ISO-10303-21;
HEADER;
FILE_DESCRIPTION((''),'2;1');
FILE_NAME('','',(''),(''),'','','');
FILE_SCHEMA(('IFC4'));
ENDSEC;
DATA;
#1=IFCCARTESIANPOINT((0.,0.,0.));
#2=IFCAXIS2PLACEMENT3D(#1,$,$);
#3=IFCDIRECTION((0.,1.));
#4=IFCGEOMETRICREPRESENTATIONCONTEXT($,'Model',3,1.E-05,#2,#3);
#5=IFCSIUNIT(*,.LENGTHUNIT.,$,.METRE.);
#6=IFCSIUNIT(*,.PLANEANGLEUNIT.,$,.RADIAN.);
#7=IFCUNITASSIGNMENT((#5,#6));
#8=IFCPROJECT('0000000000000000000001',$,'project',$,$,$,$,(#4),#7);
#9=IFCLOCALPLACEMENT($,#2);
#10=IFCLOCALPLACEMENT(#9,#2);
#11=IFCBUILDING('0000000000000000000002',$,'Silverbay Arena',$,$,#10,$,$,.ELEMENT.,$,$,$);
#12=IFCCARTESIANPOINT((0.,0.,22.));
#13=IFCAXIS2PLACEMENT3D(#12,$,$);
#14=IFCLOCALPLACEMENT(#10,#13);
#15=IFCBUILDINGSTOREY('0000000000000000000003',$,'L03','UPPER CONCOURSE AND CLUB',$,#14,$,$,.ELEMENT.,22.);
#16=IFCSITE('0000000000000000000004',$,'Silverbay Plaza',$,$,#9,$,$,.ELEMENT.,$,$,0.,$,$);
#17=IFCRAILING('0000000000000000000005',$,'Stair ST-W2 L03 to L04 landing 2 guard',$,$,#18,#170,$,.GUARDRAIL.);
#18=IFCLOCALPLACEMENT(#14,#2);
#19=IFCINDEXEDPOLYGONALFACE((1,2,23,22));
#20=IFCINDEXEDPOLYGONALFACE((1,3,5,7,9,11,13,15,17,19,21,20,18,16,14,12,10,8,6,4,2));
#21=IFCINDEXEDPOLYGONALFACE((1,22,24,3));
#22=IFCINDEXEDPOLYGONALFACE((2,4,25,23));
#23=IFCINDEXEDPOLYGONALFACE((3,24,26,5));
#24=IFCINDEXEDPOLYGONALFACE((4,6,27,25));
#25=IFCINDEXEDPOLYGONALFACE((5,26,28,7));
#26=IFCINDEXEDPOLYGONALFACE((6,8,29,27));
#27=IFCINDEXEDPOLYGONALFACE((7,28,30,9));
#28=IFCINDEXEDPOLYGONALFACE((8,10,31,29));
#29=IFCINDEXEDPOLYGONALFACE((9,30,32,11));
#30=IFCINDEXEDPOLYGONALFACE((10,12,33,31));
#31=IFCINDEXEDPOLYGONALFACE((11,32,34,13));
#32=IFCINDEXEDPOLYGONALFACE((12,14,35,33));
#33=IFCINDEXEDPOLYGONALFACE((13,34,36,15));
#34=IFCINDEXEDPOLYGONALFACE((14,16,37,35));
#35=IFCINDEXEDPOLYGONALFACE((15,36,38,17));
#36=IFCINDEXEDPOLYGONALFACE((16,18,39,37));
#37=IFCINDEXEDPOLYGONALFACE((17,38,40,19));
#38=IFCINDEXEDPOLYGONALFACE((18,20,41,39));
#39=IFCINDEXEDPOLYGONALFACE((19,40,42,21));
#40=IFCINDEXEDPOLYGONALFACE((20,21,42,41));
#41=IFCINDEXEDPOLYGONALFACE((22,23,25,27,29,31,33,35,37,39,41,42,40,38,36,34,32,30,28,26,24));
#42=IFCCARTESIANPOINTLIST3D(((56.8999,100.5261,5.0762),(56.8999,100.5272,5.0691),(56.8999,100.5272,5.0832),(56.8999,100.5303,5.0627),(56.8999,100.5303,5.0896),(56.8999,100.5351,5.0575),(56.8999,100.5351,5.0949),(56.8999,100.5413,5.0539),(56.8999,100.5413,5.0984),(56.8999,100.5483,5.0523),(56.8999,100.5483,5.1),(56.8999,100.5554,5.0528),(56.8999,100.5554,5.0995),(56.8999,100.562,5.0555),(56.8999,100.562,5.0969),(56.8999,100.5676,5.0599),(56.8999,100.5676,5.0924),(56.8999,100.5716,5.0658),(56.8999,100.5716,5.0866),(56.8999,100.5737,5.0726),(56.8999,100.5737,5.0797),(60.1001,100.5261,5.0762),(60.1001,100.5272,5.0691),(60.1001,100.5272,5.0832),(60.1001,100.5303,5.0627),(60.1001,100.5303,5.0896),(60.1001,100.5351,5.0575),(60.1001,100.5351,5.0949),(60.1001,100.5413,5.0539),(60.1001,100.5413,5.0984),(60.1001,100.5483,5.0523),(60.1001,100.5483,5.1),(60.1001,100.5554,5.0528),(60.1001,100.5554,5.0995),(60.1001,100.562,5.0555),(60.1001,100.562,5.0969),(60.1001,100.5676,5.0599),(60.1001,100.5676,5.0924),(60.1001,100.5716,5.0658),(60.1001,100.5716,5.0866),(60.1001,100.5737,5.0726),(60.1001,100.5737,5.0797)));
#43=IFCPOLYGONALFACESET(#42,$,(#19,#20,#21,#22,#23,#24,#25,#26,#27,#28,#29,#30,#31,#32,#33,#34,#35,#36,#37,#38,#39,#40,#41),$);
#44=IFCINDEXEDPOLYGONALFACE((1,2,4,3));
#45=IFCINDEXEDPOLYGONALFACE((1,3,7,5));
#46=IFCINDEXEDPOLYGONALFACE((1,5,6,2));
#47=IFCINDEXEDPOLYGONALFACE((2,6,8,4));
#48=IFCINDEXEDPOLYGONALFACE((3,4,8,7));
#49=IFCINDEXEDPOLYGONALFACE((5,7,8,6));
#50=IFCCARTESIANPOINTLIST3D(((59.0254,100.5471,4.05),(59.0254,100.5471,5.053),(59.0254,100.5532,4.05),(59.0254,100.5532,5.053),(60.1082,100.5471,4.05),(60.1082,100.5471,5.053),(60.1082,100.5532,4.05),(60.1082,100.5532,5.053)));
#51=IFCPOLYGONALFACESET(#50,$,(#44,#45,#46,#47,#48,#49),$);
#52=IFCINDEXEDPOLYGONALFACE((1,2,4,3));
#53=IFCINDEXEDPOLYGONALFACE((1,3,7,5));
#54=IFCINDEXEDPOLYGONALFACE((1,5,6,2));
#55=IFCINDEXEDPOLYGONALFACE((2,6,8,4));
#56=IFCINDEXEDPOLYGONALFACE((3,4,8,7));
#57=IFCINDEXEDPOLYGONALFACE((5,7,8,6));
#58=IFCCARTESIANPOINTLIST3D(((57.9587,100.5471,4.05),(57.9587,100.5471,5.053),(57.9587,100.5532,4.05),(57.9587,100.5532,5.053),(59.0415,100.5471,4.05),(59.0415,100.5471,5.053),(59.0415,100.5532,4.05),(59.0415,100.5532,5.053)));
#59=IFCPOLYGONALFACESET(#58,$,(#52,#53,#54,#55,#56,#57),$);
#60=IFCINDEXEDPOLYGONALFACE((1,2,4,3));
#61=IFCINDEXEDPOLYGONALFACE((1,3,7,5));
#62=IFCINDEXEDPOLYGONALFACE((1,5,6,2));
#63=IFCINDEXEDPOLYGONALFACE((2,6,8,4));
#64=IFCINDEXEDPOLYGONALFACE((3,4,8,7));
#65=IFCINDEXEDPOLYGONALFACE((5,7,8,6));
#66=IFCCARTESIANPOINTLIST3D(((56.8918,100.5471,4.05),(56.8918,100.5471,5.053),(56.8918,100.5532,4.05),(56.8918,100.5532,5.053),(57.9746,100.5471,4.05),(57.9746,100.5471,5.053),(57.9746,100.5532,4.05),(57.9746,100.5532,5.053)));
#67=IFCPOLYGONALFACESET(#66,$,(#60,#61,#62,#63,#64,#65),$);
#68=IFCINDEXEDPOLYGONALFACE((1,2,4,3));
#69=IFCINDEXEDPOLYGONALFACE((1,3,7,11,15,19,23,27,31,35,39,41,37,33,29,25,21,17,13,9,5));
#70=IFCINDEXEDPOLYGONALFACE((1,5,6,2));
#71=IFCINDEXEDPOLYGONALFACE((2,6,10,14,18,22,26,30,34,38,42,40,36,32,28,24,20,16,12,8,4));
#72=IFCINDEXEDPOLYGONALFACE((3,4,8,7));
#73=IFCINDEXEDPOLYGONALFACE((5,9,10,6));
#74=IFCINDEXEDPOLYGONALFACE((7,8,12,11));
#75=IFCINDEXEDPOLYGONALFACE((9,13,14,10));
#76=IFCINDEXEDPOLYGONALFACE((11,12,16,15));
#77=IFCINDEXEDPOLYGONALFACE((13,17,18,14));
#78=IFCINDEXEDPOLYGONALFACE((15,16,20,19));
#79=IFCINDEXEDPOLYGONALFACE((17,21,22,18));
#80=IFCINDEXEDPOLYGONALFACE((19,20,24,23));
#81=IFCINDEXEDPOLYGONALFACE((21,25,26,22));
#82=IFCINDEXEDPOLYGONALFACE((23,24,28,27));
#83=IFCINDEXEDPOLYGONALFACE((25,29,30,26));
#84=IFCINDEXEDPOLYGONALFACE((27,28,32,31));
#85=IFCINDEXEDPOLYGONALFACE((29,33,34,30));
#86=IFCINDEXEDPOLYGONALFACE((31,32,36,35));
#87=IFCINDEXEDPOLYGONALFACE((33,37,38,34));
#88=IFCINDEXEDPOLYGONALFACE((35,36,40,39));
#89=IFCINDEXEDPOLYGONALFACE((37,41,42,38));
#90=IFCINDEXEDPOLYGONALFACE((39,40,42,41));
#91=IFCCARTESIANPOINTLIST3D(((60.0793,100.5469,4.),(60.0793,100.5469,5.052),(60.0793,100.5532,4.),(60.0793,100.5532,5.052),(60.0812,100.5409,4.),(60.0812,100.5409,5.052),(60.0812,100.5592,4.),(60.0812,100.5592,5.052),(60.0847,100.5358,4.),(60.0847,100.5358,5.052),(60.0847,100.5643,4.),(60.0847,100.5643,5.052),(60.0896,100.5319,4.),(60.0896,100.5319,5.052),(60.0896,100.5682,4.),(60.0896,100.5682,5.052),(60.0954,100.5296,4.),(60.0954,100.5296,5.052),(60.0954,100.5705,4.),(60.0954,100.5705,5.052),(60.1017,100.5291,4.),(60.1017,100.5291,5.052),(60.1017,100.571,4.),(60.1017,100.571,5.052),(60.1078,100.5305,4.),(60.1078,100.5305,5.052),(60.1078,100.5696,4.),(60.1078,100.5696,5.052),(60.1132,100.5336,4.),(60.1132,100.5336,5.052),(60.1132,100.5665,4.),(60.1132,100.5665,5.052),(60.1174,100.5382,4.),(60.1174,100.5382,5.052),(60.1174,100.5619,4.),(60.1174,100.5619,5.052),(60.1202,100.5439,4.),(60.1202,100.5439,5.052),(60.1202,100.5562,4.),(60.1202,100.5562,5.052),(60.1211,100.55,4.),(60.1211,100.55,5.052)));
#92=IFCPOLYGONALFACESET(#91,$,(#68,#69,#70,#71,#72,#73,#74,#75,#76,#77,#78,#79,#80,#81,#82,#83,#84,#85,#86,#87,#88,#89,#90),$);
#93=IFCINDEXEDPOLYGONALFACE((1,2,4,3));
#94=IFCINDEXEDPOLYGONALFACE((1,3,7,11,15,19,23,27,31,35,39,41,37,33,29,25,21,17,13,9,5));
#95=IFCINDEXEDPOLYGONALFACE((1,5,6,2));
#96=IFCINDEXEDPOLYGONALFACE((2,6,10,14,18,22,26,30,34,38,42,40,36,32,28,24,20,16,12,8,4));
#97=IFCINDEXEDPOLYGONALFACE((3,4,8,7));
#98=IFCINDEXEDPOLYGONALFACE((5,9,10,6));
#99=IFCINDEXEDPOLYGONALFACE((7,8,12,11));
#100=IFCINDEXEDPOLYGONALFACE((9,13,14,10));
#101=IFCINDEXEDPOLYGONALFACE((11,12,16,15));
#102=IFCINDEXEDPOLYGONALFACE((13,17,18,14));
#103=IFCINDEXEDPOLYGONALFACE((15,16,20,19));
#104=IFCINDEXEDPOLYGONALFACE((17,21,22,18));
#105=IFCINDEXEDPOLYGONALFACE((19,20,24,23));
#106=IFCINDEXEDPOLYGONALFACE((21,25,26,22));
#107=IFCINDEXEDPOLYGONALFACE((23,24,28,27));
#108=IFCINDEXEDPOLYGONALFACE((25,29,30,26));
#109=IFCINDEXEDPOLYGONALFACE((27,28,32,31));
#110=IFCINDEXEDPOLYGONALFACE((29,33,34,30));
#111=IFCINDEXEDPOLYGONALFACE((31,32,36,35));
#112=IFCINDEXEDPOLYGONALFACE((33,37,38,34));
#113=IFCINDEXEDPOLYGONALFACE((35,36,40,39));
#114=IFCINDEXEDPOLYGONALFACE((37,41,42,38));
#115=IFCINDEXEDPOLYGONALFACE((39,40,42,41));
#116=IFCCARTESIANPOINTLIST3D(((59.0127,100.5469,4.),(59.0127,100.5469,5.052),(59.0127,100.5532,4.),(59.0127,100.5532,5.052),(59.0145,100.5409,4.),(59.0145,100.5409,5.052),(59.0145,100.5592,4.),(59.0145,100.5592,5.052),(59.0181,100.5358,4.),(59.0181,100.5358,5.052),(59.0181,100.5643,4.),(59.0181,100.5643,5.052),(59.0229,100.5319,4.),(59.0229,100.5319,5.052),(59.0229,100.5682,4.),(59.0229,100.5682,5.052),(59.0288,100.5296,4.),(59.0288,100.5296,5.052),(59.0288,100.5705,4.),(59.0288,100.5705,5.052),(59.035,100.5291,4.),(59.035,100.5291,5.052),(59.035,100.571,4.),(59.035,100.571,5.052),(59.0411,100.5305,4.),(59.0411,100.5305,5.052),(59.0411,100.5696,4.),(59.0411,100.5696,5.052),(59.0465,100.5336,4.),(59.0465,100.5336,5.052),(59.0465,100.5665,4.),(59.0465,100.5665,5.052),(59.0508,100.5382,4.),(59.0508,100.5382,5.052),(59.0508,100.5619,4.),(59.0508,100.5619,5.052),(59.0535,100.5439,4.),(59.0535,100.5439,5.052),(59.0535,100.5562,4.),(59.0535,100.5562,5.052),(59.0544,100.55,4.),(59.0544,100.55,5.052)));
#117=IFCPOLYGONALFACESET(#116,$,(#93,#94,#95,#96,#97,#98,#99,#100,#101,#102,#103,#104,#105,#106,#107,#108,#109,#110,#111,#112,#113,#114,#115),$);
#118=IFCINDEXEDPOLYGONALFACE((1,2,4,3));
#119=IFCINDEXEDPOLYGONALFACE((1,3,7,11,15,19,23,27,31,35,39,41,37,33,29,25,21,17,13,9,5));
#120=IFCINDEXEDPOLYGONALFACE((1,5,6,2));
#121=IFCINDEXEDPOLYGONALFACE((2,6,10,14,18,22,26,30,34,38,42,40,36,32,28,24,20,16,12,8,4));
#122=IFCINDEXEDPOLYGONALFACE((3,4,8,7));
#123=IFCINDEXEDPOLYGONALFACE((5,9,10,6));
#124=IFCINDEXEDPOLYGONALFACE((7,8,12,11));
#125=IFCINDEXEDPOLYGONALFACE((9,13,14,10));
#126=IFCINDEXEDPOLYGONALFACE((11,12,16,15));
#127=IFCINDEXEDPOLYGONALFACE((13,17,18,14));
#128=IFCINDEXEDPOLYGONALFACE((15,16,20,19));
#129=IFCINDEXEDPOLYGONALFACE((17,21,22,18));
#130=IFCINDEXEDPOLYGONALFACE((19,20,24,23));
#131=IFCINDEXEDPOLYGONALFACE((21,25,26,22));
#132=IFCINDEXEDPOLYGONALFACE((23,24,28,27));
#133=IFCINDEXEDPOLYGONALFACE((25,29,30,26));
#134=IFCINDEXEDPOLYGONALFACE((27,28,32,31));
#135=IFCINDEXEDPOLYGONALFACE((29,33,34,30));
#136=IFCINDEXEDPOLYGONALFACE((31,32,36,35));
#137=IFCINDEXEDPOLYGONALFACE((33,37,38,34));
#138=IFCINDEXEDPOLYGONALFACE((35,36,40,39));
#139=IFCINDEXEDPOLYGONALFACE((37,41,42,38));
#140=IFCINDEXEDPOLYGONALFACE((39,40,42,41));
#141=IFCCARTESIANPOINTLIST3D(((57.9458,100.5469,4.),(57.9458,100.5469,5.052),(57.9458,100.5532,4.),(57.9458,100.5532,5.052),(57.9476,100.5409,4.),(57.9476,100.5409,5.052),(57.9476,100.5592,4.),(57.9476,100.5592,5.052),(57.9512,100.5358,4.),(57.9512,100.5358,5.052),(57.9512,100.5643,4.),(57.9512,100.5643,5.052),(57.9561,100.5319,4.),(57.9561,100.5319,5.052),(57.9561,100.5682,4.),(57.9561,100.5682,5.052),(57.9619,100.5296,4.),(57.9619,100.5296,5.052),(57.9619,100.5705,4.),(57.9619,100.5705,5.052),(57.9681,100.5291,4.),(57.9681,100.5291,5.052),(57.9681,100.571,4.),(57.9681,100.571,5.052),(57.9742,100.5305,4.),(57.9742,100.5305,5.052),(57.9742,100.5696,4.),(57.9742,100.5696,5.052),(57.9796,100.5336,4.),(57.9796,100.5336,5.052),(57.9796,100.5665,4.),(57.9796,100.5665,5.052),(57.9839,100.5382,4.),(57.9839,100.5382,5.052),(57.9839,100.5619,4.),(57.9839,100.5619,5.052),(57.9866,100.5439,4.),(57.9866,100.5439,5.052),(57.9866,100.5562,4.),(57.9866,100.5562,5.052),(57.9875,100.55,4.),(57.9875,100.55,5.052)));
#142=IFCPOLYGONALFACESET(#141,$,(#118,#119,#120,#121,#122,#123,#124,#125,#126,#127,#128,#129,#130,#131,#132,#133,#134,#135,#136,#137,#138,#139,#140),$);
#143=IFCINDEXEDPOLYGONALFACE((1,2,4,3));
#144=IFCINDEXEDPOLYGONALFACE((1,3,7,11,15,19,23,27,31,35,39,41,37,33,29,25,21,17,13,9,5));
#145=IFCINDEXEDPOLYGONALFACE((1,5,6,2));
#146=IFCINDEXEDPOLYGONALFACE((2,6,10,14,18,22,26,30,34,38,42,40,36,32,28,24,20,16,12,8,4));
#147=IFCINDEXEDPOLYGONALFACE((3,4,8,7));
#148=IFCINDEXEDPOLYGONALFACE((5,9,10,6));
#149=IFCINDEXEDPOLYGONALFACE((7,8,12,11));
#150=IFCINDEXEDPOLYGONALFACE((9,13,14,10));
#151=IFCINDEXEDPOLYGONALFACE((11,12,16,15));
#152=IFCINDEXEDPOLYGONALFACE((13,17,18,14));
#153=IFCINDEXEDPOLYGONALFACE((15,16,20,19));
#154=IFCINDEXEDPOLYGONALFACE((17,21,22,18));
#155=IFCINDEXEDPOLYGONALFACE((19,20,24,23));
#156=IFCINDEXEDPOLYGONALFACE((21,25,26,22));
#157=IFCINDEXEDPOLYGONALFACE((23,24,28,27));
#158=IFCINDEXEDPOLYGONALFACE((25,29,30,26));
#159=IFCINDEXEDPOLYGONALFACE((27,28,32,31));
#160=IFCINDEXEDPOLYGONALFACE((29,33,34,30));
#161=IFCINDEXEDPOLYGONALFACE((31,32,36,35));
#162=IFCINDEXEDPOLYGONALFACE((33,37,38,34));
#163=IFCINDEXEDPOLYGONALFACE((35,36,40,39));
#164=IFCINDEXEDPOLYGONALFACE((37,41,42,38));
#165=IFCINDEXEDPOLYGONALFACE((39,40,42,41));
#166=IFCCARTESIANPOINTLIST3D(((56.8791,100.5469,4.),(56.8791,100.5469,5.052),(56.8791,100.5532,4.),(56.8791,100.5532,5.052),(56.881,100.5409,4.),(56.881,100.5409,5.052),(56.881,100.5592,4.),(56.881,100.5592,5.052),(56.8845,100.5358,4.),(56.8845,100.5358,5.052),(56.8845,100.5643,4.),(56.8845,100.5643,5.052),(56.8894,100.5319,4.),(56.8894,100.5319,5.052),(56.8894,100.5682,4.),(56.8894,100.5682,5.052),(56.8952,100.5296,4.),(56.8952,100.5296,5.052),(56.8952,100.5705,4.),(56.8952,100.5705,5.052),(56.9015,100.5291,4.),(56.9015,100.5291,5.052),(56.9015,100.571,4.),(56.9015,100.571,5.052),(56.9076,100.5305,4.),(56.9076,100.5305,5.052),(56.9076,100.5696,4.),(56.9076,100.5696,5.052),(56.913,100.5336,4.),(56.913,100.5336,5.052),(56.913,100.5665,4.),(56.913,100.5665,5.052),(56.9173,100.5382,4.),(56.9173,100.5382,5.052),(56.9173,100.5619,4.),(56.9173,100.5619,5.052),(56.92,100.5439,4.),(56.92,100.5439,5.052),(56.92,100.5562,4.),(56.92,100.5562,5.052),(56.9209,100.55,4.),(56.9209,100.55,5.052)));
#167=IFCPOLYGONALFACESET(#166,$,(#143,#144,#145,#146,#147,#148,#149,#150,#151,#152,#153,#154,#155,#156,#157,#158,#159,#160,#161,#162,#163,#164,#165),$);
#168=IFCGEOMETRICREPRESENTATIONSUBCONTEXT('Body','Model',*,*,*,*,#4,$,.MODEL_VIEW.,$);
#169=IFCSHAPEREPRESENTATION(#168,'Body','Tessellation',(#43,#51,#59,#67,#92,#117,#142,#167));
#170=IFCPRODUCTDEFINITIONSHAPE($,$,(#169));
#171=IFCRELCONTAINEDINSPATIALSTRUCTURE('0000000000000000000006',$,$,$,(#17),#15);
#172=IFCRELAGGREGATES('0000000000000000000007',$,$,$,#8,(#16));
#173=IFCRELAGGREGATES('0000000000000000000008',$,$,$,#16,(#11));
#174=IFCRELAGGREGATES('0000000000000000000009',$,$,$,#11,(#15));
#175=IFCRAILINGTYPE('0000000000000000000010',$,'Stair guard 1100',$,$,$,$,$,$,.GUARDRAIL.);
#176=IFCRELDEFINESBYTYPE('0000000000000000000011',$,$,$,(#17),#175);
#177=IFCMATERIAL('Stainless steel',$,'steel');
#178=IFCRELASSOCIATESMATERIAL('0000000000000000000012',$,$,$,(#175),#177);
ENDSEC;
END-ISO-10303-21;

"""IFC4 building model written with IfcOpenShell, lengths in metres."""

from ifc_helpers import new_model, si_unit, direction, frame, origin, origin_2d, place, context, subcontext, project, spatial, polyline, circle, outline, extrude, material, type_object, element, save


model = new_model("IFC4")

# Units and contexts
model_context = context("Model", 3, precision=1e-05, world=origin(), true_north=direction((0.0, 1.0)))
body_context = subcontext(model_context, "Body", "Model", "MODEL_VIEW")
ifc_project = project(units=[si_unit("LENGTHUNIT", "METRE"), si_unit("PLANEANGLEUNIT", "RADIAN")], contexts=[model_context])

# Site, building, storey
site_placement = place(None, origin())
site = spatial("IfcSite", under=ifc_project, at=site_placement, Name="Silverbay Plaza", CompositionType="ELEMENT", RefElevation=0.0)
building_placement = place(site_placement, origin())
building = spatial("IfcBuilding", under=site, at=building_placement, Name="Silverbay Arena", CompositionType="ELEMENT")
storey_placement = place(building_placement, frame((0.0, 0.0, 22.0)))
storey = spatial("IfcBuildingStorey", under=building, at=storey_placement, Name="L03", Description="UPPER CONCOURSE AND CLUB", CompositionType="ELEMENT", Elevation=22.0)

# Railing
ifc_material_1 = material(Name="Stainless steel", Category="steel")
railing_type_1 = type_object("IfcRailingType", Name="Stair guard 1100", PredefinedType="GUARDRAIL", material=ifc_material_1)
for number, where, name in (
    (1, (60.1001, 100.55, 4.0), "Stair ST-W2 L03 to L04 landing 2 guard"),
):
    element("IfcRailing", number, at=place(storey_placement, frame(where)), inside=storey, type_object=railing_type_1, Name=name, PredefinedType="GUARDRAIL", context=body_context, shape_type="SweptSolid", body=[
        extrude(circle(Radius=0.0239, at=origin_2d()), frame((0.0, 0.0, 1.0762), z_axis=(-1.0, 0.0, 0.0), x_axis=(0.0, -1.0, 0.0)), (0.0, 0.0, 1.0), 3.2002),
        extrude(outline(polyline([(-0.0081, 0.05), (1.0747, 0.05), (1.0747, 1.053), (-0.0081, 1.053), (-0.0081, 0.05)])), frame((0.0, -0.0029, 0.0), z_axis=(0.0, 1.0, 0.0), x_axis=(-1.0, 0.0, 0.0)), (0.0, 0.0, 1.0), 0.0061),
        extrude(outline(polyline([(-0.0081, 0.05), (1.0747, 0.05), (1.0747, 1.053), (-0.0081, 1.053), (-0.0081, 0.05)])), frame((-1.0667, -0.0029, 0.0), z_axis=(0.0, 1.0, 0.0), x_axis=(-1.0, 0.0, 0.0)), (0.0, 0.0, 1.0), 0.0061),
        extrude(outline(polyline([(-0.0081, 0.05), (1.0747, 0.05), (1.0747, 1.053), (-0.0081, 1.053), (-0.0081, 0.05)])), frame((-2.1335, -0.0029, 0.0), z_axis=(0.0, 1.0, 0.0), x_axis=(-1.0, 0.0, 0.0)), (0.0, 0.0, 1.0), 0.0061),
        extrude(circle(Radius=0.021, at=origin_2d()), origin(), (0.0, 0.0, 1.0), 1.052),
        extrude(circle(Radius=0.021, at=origin_2d()), frame((-1.0667, 0.0, 0.0)), (0.0, 0.0, 1.0), 1.052),
        extrude(circle(Radius=0.021, at=origin_2d()), frame((-2.1335, 0.0, 0.0)), (0.0, 0.0, 1.0), 1.052),
        extrude(circle(Radius=0.021, at=origin_2d()), frame((-3.2002, 0.0, 0.0)), (0.0, 0.0, 1.0), 1.052),
    ])

save(model, "model.ifc")
